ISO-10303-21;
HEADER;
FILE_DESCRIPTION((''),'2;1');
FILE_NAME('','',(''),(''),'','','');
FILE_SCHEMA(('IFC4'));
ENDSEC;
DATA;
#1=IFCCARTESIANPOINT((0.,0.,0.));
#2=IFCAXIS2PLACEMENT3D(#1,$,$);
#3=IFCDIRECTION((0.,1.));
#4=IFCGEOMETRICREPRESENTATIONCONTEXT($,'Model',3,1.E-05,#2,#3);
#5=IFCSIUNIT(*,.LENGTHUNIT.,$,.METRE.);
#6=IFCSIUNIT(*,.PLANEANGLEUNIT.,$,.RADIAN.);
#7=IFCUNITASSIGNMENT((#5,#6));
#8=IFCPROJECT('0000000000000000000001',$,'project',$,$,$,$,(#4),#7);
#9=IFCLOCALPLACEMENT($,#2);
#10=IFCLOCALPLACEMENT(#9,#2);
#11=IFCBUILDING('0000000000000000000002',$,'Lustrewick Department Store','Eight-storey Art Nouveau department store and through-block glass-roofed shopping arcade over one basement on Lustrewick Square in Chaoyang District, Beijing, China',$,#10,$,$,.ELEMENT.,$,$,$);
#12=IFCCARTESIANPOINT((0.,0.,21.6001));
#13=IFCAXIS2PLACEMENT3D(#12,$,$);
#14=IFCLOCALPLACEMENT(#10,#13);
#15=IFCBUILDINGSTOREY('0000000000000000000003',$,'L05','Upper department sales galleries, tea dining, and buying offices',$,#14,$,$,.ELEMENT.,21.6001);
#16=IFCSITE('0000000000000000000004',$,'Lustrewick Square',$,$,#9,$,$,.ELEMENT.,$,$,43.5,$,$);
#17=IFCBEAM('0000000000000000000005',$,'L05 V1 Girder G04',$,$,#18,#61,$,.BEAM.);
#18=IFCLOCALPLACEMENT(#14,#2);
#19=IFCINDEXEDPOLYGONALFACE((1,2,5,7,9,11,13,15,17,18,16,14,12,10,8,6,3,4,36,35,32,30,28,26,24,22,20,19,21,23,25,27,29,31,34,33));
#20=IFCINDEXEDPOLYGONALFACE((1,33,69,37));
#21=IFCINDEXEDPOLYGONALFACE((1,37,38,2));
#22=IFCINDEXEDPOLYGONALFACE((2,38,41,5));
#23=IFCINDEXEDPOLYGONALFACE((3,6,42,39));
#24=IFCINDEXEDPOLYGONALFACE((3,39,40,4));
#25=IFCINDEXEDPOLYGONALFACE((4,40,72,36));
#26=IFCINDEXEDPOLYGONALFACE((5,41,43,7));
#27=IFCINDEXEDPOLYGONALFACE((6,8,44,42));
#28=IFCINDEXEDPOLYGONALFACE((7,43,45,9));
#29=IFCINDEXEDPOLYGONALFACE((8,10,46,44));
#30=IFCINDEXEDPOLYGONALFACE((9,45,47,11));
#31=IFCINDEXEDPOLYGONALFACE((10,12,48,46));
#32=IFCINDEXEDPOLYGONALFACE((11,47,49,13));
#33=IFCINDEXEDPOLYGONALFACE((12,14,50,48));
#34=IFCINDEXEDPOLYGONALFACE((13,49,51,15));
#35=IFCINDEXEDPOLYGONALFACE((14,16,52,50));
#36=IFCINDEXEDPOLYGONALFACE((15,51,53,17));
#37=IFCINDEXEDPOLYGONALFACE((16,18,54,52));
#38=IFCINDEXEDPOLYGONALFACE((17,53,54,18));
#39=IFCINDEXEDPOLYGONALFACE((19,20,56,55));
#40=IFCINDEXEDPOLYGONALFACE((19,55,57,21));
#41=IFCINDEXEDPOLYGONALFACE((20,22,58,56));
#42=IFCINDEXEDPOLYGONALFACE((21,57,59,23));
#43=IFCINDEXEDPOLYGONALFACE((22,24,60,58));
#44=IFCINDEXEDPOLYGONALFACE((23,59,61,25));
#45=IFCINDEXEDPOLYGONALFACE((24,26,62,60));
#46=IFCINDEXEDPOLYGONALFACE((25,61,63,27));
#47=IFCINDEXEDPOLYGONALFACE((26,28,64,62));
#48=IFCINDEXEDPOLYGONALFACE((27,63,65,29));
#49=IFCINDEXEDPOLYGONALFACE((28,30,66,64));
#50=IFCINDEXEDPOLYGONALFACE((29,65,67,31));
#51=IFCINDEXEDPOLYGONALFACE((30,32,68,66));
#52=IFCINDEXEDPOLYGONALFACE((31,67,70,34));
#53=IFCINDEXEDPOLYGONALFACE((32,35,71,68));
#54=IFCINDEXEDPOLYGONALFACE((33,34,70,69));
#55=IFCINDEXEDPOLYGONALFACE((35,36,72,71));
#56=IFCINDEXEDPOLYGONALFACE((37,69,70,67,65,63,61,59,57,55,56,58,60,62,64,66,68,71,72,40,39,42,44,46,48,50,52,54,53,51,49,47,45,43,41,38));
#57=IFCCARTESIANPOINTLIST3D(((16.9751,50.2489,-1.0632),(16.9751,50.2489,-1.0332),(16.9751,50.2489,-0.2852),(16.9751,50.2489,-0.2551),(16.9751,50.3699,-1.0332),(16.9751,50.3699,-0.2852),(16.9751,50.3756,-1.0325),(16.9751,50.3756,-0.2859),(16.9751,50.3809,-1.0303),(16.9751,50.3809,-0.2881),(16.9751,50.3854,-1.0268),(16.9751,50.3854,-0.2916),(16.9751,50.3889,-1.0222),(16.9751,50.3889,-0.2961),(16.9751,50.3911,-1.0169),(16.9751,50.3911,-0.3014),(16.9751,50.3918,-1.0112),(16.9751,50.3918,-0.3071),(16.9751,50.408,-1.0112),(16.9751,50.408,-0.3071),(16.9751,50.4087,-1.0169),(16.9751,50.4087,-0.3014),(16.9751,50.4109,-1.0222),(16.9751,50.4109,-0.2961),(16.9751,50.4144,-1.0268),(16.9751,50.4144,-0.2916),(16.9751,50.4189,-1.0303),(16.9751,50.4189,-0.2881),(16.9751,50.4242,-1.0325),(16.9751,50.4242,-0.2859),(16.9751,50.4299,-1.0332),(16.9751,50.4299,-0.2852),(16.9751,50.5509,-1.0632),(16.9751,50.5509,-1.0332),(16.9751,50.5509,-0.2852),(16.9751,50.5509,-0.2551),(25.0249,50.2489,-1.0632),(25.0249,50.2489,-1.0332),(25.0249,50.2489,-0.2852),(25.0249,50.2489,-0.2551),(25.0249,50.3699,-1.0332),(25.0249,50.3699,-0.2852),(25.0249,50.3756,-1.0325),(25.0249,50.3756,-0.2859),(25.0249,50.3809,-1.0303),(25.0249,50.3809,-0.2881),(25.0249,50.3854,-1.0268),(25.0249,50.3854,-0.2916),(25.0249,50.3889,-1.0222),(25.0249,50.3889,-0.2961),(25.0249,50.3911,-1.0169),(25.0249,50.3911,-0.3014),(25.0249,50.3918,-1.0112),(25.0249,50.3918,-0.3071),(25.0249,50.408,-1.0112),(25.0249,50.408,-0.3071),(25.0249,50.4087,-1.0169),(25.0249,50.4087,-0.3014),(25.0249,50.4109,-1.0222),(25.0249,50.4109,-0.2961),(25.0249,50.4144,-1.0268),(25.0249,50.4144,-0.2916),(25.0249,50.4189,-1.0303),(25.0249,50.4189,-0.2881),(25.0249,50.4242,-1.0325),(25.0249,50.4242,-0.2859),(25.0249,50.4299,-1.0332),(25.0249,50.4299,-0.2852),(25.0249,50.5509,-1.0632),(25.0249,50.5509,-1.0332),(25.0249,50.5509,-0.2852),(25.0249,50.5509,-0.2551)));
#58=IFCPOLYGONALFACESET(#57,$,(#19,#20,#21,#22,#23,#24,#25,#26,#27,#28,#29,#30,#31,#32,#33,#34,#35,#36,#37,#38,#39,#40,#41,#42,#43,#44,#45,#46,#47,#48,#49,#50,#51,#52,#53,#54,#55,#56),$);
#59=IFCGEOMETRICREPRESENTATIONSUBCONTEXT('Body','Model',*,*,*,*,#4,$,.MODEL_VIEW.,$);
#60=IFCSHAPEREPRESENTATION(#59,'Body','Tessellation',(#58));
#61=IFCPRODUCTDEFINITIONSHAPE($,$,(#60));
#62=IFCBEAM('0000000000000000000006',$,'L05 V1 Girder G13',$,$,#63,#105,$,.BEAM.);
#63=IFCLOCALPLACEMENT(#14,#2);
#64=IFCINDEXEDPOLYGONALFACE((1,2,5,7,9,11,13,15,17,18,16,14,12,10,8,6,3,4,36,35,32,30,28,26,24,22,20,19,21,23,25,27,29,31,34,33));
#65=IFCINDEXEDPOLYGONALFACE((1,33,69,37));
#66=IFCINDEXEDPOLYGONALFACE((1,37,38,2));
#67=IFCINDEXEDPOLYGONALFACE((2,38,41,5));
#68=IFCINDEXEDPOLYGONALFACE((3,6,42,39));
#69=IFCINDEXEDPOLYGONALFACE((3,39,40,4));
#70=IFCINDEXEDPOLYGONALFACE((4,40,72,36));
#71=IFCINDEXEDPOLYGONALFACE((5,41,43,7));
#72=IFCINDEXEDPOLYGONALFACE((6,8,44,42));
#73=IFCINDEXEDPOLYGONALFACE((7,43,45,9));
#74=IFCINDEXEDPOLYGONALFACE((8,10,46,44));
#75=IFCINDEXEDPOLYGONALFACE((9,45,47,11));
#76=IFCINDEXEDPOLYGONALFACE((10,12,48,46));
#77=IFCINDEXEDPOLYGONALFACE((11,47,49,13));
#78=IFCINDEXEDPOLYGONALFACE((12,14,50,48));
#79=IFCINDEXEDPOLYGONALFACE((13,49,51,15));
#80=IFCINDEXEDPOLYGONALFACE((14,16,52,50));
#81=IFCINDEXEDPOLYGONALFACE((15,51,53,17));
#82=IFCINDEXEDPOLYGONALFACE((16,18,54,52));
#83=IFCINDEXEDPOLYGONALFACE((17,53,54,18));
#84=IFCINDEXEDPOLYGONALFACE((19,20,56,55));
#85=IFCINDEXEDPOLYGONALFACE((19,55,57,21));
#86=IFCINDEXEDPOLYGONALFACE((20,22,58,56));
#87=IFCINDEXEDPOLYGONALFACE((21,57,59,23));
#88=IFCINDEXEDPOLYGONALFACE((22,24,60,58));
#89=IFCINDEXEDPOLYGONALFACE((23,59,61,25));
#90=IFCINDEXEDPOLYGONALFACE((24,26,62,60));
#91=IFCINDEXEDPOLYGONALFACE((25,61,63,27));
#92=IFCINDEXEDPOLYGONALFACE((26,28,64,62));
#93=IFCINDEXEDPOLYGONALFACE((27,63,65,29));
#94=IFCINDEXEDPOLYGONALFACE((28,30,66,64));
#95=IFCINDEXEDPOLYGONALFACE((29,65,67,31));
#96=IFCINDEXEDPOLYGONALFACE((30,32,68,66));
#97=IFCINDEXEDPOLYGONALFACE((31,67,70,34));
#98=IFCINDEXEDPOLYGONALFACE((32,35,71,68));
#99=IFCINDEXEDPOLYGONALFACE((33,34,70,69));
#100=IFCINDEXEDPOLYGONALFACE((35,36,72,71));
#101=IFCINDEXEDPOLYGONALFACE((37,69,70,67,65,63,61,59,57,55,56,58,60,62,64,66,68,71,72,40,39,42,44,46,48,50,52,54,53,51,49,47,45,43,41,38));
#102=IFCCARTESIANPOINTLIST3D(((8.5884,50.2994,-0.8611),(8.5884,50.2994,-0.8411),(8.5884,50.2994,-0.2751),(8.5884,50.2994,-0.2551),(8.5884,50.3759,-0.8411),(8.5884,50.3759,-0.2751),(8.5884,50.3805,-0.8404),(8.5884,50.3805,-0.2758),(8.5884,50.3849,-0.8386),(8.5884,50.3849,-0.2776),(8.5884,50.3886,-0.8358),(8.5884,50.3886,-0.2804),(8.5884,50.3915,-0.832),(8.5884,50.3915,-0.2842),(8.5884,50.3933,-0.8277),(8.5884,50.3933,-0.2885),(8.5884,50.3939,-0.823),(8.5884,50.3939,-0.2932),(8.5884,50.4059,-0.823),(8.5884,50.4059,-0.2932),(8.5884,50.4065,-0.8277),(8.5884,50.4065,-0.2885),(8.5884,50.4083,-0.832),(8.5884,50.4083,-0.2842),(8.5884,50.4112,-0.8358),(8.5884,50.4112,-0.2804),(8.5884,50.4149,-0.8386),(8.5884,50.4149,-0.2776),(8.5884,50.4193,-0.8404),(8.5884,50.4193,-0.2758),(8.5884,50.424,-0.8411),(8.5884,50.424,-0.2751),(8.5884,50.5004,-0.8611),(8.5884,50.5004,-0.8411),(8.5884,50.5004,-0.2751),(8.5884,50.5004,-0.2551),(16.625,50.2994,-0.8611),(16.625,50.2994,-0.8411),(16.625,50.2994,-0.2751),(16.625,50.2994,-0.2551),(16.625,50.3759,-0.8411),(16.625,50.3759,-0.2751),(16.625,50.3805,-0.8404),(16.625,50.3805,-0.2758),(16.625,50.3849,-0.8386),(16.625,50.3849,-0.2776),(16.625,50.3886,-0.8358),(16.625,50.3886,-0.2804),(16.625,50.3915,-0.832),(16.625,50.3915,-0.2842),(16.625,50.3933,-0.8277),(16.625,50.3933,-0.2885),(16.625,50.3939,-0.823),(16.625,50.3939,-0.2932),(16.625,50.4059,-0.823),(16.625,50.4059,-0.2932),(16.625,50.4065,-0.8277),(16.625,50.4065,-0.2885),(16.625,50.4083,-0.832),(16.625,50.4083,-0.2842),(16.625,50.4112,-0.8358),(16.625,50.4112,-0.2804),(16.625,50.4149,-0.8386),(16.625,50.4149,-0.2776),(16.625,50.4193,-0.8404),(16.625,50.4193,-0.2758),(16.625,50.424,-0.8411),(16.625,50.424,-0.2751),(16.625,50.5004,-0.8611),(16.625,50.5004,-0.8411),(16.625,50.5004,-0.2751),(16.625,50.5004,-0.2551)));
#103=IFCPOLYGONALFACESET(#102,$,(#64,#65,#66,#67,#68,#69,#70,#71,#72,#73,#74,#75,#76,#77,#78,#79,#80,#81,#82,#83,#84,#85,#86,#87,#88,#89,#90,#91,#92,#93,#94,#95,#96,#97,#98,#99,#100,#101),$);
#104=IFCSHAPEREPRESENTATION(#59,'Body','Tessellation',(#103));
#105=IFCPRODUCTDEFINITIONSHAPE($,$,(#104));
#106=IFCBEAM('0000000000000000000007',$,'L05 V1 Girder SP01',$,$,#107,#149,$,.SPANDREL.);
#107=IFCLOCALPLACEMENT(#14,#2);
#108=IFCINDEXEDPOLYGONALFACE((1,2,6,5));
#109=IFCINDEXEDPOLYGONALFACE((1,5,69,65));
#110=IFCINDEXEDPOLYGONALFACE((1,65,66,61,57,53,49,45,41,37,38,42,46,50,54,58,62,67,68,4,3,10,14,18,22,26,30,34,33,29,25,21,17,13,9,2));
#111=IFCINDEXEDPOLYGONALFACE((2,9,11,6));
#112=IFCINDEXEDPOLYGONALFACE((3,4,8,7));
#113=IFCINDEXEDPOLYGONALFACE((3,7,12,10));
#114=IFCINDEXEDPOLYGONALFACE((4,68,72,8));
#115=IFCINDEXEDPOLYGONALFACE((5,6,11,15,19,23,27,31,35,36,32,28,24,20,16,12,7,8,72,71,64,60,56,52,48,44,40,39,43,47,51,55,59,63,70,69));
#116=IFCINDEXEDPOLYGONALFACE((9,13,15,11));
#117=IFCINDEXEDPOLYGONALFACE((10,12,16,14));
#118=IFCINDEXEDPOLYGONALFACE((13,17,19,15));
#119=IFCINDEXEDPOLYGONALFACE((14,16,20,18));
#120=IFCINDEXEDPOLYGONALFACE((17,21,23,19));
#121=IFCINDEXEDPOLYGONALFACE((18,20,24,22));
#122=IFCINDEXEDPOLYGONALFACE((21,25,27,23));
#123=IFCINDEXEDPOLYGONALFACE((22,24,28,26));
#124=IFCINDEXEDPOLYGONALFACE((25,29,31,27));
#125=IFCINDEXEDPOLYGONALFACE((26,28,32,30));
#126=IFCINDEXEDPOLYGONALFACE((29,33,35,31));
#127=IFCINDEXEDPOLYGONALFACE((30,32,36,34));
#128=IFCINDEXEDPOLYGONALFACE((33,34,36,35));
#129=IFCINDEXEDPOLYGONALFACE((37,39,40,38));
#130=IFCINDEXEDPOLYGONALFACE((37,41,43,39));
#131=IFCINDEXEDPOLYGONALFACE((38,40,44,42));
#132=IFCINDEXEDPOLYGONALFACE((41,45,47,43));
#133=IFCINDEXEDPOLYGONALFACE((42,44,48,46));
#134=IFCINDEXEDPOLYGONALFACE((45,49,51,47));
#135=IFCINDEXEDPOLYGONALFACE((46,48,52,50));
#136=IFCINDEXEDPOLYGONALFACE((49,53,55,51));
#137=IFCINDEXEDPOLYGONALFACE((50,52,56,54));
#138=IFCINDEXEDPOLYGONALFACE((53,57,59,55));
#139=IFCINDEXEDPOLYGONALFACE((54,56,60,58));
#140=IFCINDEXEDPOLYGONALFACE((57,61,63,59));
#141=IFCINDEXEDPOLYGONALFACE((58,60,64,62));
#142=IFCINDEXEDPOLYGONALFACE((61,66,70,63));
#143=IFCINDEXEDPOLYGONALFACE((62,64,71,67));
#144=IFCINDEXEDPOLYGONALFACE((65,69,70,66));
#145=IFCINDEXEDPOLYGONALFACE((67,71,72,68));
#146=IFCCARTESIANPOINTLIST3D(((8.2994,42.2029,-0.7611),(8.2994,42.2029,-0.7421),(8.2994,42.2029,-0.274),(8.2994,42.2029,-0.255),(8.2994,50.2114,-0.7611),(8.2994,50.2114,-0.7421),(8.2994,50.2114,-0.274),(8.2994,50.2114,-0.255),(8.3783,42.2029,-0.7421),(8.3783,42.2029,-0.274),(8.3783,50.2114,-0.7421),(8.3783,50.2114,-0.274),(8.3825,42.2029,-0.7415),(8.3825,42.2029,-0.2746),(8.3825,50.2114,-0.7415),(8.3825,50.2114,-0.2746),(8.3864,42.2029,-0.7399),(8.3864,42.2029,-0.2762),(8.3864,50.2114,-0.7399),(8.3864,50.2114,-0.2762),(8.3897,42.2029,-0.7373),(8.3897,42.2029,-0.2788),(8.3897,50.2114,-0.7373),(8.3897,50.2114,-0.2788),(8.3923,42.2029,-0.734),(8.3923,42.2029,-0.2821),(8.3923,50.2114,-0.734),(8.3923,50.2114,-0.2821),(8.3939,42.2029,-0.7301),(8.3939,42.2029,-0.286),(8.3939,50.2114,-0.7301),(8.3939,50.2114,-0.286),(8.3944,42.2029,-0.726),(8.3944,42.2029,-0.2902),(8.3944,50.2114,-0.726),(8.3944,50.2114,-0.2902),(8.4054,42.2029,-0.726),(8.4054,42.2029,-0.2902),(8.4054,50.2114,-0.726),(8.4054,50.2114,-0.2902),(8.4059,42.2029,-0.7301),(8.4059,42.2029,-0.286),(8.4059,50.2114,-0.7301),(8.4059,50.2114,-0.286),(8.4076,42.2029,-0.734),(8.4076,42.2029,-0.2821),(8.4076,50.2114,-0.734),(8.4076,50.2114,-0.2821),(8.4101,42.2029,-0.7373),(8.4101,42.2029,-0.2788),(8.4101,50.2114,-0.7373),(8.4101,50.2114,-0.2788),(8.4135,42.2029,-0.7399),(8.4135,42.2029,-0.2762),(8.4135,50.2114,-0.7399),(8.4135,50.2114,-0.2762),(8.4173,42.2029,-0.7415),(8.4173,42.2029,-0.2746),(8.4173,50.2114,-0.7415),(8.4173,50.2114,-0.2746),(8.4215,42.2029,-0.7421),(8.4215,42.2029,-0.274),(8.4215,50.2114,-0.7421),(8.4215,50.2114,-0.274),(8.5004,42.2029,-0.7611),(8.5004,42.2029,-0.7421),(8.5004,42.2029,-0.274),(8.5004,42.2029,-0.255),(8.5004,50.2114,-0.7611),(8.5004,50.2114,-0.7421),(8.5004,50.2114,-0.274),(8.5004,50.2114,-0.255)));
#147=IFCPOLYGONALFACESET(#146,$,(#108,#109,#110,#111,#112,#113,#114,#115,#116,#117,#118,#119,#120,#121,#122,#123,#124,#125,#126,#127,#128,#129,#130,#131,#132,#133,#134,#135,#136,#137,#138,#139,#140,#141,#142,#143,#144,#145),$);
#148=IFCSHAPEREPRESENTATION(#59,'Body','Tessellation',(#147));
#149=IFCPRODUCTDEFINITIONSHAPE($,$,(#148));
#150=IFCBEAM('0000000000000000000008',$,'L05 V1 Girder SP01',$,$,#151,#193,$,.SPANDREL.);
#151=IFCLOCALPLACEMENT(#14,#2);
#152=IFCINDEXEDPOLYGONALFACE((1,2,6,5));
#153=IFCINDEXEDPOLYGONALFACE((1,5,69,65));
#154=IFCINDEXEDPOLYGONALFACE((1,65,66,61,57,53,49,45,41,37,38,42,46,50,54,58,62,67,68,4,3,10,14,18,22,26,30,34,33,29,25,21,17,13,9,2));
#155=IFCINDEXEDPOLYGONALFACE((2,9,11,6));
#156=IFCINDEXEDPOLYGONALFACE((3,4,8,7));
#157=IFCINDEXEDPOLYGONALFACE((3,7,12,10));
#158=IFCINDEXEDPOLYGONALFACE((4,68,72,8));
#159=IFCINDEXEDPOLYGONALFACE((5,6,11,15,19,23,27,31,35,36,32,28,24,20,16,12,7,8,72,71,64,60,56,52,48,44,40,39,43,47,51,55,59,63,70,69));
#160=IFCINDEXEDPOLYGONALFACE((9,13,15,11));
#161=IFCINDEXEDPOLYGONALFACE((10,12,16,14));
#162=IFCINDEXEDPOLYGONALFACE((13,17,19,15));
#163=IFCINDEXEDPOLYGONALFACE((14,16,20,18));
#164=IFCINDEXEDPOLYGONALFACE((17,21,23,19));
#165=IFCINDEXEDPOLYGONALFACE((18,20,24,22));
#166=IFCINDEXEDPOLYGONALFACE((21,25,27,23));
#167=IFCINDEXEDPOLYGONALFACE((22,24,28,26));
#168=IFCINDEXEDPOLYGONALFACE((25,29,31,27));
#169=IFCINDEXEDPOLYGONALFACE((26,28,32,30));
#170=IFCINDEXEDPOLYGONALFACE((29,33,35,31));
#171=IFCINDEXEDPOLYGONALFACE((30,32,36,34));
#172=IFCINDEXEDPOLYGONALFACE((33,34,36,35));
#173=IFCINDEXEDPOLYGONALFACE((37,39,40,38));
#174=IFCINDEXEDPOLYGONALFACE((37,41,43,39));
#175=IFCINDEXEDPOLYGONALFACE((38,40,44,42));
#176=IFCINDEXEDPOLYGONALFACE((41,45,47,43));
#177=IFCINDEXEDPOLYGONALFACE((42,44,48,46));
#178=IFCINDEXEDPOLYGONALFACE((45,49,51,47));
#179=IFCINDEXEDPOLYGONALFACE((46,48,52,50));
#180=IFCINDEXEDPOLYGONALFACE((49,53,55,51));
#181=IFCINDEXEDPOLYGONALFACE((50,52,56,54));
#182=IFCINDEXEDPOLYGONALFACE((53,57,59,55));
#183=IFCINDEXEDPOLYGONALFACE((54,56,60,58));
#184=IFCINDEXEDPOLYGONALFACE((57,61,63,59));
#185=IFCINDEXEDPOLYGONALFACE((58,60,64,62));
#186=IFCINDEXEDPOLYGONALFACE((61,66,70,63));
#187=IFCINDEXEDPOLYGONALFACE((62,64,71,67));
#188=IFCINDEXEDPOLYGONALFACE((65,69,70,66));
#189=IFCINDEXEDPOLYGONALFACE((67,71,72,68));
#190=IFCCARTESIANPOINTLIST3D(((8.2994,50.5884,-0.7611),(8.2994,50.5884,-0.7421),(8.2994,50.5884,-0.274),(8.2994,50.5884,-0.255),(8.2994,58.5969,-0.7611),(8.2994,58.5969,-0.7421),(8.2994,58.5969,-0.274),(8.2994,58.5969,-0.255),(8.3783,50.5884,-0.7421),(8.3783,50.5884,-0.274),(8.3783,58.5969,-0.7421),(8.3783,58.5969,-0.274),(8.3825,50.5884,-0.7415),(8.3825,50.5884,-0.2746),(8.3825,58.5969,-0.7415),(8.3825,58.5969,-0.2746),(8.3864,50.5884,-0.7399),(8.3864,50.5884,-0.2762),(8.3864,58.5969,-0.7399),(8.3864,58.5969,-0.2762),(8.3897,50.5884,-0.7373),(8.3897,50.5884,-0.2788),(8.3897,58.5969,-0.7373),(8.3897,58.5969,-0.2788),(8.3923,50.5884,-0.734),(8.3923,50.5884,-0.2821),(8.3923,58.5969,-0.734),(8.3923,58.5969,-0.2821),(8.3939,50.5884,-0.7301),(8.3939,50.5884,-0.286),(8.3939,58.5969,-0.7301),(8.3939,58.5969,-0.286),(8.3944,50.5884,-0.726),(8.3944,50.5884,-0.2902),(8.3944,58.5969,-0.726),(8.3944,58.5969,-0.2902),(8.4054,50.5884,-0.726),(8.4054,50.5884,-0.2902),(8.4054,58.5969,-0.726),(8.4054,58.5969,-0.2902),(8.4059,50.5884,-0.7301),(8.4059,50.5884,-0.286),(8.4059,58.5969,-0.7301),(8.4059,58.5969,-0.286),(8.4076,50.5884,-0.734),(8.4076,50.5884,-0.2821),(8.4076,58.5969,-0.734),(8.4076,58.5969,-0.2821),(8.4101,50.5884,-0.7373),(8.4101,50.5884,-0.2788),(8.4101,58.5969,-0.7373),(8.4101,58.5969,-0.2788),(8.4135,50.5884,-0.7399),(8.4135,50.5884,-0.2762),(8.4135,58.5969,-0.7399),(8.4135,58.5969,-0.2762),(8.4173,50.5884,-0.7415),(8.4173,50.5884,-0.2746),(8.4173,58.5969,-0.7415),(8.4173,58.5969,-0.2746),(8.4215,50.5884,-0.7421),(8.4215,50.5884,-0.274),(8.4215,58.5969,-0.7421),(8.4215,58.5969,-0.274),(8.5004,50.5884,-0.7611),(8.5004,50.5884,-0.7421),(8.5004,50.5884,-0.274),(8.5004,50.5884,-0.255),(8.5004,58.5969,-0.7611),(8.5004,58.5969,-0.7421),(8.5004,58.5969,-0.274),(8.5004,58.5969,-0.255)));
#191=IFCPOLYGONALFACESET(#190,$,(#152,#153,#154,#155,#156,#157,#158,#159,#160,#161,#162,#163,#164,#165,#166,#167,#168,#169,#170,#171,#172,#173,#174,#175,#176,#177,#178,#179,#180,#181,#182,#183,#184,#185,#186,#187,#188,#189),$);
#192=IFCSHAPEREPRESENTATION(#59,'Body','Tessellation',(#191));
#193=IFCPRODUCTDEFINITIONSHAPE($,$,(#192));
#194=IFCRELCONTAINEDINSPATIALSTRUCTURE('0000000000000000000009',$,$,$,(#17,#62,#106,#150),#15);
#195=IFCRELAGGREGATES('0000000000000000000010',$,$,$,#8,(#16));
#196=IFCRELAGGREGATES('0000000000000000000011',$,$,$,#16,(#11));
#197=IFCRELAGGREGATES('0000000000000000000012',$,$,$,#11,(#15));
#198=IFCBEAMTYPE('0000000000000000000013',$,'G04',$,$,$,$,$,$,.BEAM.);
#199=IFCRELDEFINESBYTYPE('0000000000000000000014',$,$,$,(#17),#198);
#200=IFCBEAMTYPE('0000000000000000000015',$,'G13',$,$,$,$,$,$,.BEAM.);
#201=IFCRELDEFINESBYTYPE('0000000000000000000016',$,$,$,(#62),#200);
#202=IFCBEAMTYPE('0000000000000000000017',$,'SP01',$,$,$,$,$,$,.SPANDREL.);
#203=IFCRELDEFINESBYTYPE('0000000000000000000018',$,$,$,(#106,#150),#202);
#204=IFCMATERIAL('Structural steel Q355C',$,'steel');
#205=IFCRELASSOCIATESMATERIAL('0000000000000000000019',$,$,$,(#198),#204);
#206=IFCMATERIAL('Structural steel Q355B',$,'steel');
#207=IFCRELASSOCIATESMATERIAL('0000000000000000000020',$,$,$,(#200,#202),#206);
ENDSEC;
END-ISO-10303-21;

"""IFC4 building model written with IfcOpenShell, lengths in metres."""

from ifc_helpers import new_model, si_unit, direction, frame, origin, origin_2d, place, context, subcontext, project, spatial, i_section, extrude, material, material_profile, profile_set, type_object, element, save


model = new_model("IFC4")

# Units and contexts
model_context = context("Model", 3, precision=1e-05, world=origin(), true_north=direction((0.0, 1.0)))
body_context = subcontext(model_context, "Body", "Model", "MODEL_VIEW")
ifc_project = project(units=[si_unit("LENGTHUNIT", "METRE"), si_unit("PLANEANGLEUNIT", "RADIAN")], contexts=[model_context])

# Site, building, storey
site_placement = place(None, origin())
site = spatial("IfcSite", under=ifc_project, at=site_placement, Name="Lustrewick Square", CompositionType="ELEMENT", RefElevation=43.5)
building_placement = place(site_placement, origin())
building = spatial("IfcBuilding", under=site, at=building_placement, Name="Lustrewick Department Store", Description="Eight-storey Art Nouveau department store and through-block glass-roofed shopping arcade over one basement on Lustrewick Square in Chaoyang District, Beijing, China", CompositionType="ELEMENT")
storey_placement = place(building_placement, frame((0.0, 0.0, 21.6001)))
storey = spatial("IfcBuildingStorey", under=building, at=storey_placement, Name="L05", Description="Upper department sales galleries, tea dining, and buying offices", CompositionType="ELEMENT", Elevation=21.6001)

# Shared definitions
ifc_material_1 = material(Name="Structural steel Q355B", Category="steel")

# Shared definitions
ifc_material_2 = material(Name="Structural steel Q355C", Category="steel")

# Beams
ifc_material_profile_1 = material_profile(ifc_material_2, i_section(OverallWidth=0.302, OverallDepth=0.8081, WebThickness=0.0161, FlangeThickness=0.03, FilletRadius=0.022, at=origin_2d()), Name="HN 808x302x16x30")
ifc_profile_set_1 = profile_set([ifc_material_profile_1], Name="Structural steel Q355C")
beam_type_1 = type_object("IfcBeamType", Name="G04", PredefinedType="BEAM", material=ifc_profile_set_1)
beam_1_placement = place(storey_placement, frame((16.9751, 50.3999, -0.6592), z_axis=(1.0, 0.0, 0.0), x_axis=(0.0, 1.0, 0.0)))
element("IfcBeam", 1, at=beam_1_placement, inside=storey, type_object=beam_type_1, Name="L05 V1 Girder G04", PredefinedType="BEAM", context=body_context, shape_type="SweptSolid", body=[
    extrude(i_section(OverallWidth=0.302, OverallDepth=0.8081, WebThickness=0.0161, FlangeThickness=0.03, FilletRadius=0.022, at=origin_2d()), origin(), (0.0, 0.0, 1.0), 8.0498),
])
ifc_material_profile_2 = material_profile(ifc_material_1, i_section(OverallWidth=0.2009, OverallDepth=0.606, WebThickness=0.012, FlangeThickness=0.02, FilletRadius=0.0181, at=origin_2d()), Name="HN 606x201x12x20")
ifc_profile_set_2 = profile_set([ifc_material_profile_2], Name="Structural steel Q355B")
beam_type_2 = type_object("IfcBeamType", Name="G13", PredefinedType="BEAM", material=ifc_profile_set_2)
beam_2_placement = place(storey_placement, frame((8.5884, 50.3999, -0.5581), z_axis=(1.0, 0.0, 0.0), x_axis=(0.0, 1.0, 0.0)))
element("IfcBeam", 2, at=beam_2_placement, inside=storey, type_object=beam_type_2, Name="L05 V1 Girder G13", PredefinedType="BEAM", context=body_context, shape_type="SweptSolid", body=[
    extrude(i_section(OverallWidth=0.2009, OverallDepth=0.606, WebThickness=0.012, FlangeThickness=0.02, FilletRadius=0.0181, at=origin_2d()), origin(), (0.0, 0.0, 1.0), 8.0366),
])
ifc_material_profile_3 = material_profile(ifc_material_1, i_section(OverallWidth=0.2009, OverallDepth=0.5061, WebThickness=0.011, FlangeThickness=0.019, FilletRadius=0.0161, at=origin_2d()), Name="HN 506x201x11x19")
ifc_profile_set_3 = profile_set([ifc_material_profile_3], Name="Structural steel Q355B")
beam_type_3 = type_object("IfcBeamType", Name="SP01", PredefinedType="SPANDREL", material=ifc_profile_set_3)
for number, where, z_axis, x_axis, name in (
    (3, (8.3999, 42.2029, -0.5081), (0.0, 1.0, 0.0), (-1.0, 0.0, 0.0), "L05 V1 Girder SP01"),
    (4, (8.3999, 50.5884, -0.5081), (0.0, 1.0, 0.0), (-1.0, 0.0, 0.0), "L05 V1 Girder SP01"),
):
    element("IfcBeam", number, at=place(storey_placement, frame(where, z_axis=z_axis, x_axis=x_axis)), inside=storey, type_object=beam_type_3, Name=name, PredefinedType="SPANDREL", context=body_context, shape_type="SweptSolid", body=[
        extrude(i_section(OverallWidth=0.2009, OverallDepth=0.5061, WebThickness=0.011, FlangeThickness=0.019, FilletRadius=0.0161, at=origin_2d()), origin(), (0.0, 0.0, 1.0), 8.0085),
    ])

save(model, "model.ifc")
